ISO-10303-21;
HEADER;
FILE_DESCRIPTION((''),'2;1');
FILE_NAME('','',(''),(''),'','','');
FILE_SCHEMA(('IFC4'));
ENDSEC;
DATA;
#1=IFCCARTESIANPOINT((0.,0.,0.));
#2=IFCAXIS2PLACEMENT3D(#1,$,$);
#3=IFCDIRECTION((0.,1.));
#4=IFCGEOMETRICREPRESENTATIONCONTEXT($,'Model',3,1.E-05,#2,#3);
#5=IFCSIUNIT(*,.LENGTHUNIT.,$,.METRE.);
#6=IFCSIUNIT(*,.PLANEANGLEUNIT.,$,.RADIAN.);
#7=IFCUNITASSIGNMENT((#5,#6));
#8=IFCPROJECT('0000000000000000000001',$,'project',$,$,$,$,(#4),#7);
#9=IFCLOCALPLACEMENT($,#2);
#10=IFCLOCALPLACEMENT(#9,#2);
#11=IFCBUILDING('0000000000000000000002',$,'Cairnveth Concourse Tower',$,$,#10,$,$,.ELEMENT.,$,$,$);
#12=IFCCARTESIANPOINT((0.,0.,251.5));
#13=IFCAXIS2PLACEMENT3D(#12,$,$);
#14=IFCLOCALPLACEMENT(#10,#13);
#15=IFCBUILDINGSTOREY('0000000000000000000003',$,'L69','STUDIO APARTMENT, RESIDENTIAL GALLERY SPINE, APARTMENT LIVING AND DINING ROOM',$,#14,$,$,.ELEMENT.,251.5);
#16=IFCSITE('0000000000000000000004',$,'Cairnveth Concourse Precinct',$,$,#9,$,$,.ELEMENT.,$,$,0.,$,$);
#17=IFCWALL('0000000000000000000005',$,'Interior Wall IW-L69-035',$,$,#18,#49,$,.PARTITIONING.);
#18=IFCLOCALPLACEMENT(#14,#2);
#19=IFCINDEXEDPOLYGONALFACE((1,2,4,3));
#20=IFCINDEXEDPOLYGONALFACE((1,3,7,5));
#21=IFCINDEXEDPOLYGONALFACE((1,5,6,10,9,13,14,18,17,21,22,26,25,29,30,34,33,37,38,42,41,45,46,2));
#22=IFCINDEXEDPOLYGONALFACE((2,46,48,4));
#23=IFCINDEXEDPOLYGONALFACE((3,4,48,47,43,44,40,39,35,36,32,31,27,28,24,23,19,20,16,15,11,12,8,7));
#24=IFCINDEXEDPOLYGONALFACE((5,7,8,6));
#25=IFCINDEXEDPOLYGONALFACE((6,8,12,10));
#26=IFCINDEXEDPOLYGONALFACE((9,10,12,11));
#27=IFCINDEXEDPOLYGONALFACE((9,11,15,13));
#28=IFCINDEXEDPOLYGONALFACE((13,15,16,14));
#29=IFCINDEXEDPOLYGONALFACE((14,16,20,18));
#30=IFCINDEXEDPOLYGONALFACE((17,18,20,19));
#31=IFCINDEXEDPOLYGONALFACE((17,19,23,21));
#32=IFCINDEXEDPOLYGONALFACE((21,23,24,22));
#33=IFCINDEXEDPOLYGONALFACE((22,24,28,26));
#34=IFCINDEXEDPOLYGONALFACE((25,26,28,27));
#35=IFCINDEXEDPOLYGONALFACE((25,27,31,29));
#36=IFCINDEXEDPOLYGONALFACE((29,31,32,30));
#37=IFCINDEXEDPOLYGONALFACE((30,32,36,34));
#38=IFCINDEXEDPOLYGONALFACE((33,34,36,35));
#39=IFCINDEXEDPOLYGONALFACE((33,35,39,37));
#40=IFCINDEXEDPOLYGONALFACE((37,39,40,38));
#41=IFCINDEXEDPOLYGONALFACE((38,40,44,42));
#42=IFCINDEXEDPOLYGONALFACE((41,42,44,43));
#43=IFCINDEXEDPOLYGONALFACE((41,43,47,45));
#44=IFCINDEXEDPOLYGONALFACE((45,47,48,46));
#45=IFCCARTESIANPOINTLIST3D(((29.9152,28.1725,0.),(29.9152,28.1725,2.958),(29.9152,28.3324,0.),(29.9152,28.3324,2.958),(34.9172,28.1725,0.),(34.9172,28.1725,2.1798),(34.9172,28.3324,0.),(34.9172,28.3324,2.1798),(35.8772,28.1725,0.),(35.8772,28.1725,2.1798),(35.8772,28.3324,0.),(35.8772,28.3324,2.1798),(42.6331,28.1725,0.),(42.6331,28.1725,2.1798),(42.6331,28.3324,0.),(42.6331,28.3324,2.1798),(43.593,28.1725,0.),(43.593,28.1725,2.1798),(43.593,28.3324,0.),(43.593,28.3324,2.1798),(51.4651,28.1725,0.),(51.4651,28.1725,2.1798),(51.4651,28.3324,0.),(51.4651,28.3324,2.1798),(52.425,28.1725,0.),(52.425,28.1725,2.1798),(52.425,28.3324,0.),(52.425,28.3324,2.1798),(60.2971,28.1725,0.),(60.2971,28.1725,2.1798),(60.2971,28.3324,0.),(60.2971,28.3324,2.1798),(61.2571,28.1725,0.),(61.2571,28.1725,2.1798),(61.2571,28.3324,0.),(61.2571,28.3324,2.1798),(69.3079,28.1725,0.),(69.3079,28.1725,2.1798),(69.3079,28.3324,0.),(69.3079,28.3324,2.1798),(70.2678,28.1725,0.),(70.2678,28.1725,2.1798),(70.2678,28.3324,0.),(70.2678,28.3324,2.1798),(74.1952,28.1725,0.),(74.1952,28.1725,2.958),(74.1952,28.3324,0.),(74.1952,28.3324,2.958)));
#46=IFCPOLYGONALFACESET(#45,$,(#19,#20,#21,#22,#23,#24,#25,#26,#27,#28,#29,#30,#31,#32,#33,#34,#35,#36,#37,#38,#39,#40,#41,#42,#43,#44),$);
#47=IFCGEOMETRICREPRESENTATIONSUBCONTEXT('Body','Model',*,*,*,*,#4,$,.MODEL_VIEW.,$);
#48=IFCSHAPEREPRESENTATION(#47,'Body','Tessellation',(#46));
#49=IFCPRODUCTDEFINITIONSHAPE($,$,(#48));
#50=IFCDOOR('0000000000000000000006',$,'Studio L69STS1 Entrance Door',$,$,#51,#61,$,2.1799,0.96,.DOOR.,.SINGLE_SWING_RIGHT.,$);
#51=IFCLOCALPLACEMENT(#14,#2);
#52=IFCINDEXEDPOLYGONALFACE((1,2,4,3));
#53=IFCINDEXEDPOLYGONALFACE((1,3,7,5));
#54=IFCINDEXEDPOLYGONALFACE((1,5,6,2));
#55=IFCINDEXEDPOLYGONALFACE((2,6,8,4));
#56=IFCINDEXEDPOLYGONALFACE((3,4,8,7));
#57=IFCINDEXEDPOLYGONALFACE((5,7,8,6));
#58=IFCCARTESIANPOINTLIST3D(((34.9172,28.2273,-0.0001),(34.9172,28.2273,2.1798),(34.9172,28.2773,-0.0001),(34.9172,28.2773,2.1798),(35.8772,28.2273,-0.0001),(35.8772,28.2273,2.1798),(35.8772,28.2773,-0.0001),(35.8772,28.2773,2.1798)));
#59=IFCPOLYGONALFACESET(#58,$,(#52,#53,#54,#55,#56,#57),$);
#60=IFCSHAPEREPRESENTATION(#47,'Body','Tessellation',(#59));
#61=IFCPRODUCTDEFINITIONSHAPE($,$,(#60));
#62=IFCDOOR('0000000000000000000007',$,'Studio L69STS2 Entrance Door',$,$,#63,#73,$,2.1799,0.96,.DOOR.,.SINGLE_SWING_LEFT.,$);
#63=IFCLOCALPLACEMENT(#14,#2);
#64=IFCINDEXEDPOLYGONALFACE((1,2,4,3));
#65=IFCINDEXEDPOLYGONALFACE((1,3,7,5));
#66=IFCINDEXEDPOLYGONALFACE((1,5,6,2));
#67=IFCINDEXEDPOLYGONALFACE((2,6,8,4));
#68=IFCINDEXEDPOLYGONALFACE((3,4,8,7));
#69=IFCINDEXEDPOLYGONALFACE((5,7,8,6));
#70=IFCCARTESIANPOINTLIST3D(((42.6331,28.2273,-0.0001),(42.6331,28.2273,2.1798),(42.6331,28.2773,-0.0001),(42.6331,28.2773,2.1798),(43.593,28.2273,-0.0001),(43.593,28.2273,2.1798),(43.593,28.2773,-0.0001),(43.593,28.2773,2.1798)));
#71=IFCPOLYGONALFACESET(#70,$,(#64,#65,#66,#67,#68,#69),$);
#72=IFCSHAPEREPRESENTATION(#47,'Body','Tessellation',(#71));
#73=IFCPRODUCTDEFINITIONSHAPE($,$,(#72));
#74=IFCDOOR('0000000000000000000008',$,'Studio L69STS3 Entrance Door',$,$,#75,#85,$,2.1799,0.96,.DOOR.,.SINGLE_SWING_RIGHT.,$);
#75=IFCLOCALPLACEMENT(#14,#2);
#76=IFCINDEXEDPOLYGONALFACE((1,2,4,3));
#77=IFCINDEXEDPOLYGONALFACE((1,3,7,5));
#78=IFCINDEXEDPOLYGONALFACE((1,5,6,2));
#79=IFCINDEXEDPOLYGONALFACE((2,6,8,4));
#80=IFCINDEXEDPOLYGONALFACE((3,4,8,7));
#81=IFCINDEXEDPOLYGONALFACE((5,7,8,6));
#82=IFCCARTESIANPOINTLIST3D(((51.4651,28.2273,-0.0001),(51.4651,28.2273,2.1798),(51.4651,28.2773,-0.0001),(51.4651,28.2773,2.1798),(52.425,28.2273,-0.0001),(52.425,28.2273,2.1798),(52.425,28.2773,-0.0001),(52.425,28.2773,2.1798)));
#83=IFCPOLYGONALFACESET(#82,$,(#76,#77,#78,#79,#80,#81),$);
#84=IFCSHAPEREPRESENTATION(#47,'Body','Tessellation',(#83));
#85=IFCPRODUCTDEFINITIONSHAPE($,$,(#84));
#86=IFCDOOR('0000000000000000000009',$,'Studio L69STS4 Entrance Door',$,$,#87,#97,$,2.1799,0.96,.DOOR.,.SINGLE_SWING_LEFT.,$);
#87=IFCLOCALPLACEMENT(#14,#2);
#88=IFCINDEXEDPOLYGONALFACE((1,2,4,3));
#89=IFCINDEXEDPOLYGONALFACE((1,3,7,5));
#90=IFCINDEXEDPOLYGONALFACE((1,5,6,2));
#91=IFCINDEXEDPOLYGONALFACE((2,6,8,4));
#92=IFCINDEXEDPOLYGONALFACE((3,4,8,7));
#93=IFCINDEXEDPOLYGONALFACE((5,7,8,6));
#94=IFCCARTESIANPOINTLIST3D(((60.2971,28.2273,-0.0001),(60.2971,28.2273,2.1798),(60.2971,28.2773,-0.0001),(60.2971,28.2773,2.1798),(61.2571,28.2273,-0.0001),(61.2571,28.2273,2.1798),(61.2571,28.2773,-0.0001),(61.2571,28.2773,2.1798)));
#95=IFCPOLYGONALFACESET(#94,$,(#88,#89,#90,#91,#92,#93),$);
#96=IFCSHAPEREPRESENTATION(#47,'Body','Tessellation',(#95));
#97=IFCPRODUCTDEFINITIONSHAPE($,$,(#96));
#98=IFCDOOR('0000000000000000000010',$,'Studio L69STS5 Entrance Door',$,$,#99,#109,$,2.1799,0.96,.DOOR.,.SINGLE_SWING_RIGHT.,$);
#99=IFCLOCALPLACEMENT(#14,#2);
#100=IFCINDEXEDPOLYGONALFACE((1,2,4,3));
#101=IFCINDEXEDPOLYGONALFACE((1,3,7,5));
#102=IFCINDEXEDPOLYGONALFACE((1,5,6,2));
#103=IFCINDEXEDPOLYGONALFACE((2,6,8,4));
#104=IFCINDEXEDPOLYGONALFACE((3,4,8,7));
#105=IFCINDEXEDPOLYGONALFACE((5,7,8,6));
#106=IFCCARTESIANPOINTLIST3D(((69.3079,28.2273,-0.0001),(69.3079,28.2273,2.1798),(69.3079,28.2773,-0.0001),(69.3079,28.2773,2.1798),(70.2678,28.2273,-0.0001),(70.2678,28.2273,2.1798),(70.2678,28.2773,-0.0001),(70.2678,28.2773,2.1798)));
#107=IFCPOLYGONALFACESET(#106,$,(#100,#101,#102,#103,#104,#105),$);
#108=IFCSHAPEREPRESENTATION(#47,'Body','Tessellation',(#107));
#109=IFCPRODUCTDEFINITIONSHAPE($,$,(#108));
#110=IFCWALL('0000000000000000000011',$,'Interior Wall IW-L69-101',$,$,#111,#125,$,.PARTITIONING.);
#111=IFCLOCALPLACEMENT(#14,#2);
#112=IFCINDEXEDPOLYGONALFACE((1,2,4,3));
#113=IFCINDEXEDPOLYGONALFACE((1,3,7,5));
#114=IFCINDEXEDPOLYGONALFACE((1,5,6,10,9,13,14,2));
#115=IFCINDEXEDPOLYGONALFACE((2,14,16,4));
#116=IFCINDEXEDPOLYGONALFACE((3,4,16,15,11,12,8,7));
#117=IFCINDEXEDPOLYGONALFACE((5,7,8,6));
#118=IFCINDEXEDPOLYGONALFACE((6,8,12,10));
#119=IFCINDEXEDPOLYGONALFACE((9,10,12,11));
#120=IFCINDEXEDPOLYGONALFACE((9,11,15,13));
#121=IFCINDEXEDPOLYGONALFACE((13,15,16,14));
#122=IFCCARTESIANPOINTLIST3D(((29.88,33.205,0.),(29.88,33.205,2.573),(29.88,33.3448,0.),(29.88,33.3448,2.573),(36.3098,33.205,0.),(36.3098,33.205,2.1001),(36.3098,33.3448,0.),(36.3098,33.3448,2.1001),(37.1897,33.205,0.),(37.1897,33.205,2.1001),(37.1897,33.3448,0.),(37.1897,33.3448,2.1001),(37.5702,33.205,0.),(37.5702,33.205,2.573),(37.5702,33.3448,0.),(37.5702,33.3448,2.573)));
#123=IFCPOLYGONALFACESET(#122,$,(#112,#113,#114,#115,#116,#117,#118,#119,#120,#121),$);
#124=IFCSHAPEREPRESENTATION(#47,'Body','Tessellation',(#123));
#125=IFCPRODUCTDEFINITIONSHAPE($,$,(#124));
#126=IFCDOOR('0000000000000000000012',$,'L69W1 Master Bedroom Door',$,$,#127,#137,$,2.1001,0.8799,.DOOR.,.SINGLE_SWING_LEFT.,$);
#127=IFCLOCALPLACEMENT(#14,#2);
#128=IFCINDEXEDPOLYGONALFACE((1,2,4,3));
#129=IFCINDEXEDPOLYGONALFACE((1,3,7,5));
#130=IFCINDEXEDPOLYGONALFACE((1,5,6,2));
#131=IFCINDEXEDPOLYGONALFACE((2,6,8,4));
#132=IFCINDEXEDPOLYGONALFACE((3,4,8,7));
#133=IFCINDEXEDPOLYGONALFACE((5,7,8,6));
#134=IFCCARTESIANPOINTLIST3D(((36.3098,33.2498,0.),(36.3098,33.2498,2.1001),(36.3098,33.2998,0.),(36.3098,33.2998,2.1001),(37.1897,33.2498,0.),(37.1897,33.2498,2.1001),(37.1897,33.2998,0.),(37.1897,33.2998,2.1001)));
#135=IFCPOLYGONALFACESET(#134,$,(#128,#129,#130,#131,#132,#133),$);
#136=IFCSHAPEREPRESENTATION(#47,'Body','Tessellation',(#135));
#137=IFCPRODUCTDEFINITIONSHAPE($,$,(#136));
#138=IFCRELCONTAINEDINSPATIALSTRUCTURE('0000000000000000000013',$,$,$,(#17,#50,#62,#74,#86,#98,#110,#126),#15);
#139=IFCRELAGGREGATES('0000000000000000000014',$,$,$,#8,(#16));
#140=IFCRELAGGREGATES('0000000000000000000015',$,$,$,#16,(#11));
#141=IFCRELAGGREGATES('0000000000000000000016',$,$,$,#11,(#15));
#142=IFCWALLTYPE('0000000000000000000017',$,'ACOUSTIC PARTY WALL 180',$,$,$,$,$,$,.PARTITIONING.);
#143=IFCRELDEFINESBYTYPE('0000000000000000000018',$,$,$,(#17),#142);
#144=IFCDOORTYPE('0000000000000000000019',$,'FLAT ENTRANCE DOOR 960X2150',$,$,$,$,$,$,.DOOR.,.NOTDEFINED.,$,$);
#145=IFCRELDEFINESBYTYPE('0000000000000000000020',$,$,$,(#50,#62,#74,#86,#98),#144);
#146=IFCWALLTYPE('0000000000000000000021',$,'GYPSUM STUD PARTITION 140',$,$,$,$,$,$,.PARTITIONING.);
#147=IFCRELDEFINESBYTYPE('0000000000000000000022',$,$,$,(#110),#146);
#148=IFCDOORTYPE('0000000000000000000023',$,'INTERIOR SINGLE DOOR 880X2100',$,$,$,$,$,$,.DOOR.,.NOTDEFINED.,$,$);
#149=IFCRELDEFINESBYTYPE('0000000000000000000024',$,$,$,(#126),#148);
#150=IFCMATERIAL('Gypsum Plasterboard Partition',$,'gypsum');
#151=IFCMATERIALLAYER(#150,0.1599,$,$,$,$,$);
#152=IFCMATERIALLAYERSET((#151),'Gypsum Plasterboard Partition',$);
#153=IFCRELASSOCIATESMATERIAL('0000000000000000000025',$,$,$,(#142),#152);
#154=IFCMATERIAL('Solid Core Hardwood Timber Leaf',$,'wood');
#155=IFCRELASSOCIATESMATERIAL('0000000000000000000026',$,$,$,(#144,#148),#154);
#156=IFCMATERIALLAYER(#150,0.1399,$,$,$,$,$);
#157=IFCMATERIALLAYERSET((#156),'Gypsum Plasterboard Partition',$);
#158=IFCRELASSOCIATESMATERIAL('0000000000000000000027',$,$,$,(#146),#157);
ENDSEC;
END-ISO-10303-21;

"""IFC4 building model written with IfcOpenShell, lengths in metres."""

from ifc_helpers import new_model, si_unit, direction, frame, frame_2d, origin, place, context, subcontext, project, spatial, rectangle, extrude, material, layer, layer_set, type_object, element, fill, save


model = new_model("IFC4")

# Units and contexts
model_context = context("Model", 3, precision=1e-05, world=origin(), true_north=direction((0.0, 1.0)))
body_context = subcontext(model_context, "Body", "Model", "MODEL_VIEW")
ifc_project = project(units=[si_unit("LENGTHUNIT", "METRE"), si_unit("PLANEANGLEUNIT", "RADIAN")], contexts=[model_context])

# Site, building, storey
site_placement = place(None, origin())
site = spatial("IfcSite", under=ifc_project, at=site_placement, Name="Cairnveth Concourse Precinct", CompositionType="ELEMENT", RefElevation=0.0)
building_placement = place(site_placement, origin())
building = spatial("IfcBuilding", under=site, at=building_placement, Name="Cairnveth Concourse Tower", CompositionType="ELEMENT")
storey_placement = place(building_placement, frame((0.0, 0.0, 251.5)))
storey = spatial("IfcBuildingStorey", under=building, at=storey_placement, Name="L69", Description="STUDIO APARTMENT, RESIDENTIAL GALLERY SPINE, APARTMENT LIVING AND DINING ROOM", CompositionType="ELEMENT", Elevation=251.5)

# Wall, openings, doors
ifc_material_1 = material(Name="Gypsum Plasterboard Partition", Category="gypsum")
ifc_layer_1 = layer(ifc_material_1, 0.1599)
ifc_layer_set_1 = layer_set([ifc_layer_1], Name="Gypsum Plasterboard Partition")
wall_type_1 = type_object("IfcWallType", Name="ACOUSTIC PARTY WALL 180", PredefinedType="PARTITIONING", material=ifc_layer_set_1)
wall_1_placement = place(storey_placement, frame((29.915, 28.2524, 0.0), z_axis=(0.0, 0.0, 1.0), x_axis=(1.0, 0.0, 0.0)))
wall_1 = element("IfcWall", 1, at=wall_1_placement, inside=storey, type_object=wall_type_1, Name="Interior Wall IW-L69-035", PredefinedType="PARTITIONING", context=body_context, shape_type="SweptSolid", body=[
    extrude(rectangle(XDim=44.28, YDim=0.1599, at=frame_2d((22.1401, 0.0))), origin(), (0.0, 0.0, 1.0), 2.958),
])
opening_1_placement = place(wall_1_placement, frame((5.0022, 0.0, 0.0)))
opening_1 = element("IfcOpeningElement", 2, at=opening_1_placement, cuts=wall_1, PredefinedType="OPENING", context=body_context, shape_type="SweptSolid", body=[
    extrude(rectangle(XDim=0.96, YDim=2.1799, at=frame_2d((0.48, 1.0898))), frame((0.0, 0.0898, 0.0), z_axis=(0.0, -1.0, 0.0), x_axis=(1.0, 0.0, 0.0)), (0.0, 0.0, 1.0), 0.1799),
])
opening_2_placement = place(wall_1_placement, frame((12.718, 0.0, 0.0)))
opening_2 = element("IfcOpeningElement", 3, at=opening_2_placement, cuts=wall_1, PredefinedType="OPENING", context=body_context, shape_type="SweptSolid", body=[
    extrude(rectangle(XDim=0.96, YDim=2.1799, at=frame_2d((0.48, 1.0898))), frame((0.0, 0.0898, 0.0), z_axis=(0.0, -1.0, 0.0), x_axis=(1.0, 0.0, 0.0)), (0.0, 0.0, 1.0), 0.1799),
])
opening_3_placement = place(wall_1_placement, frame((21.55, 0.0, 0.0)))
opening_3 = element("IfcOpeningElement", 4, at=opening_3_placement, cuts=wall_1, PredefinedType="OPENING", context=body_context, shape_type="SweptSolid", body=[
    extrude(rectangle(XDim=0.96, YDim=2.1799, at=frame_2d((0.48, 1.0898))), frame((0.0, 0.0898, 0.0), z_axis=(0.0, -1.0, 0.0), x_axis=(1.0, 0.0, 0.0)), (0.0, 0.0, 1.0), 0.1799),
])
opening_4_placement = place(wall_1_placement, frame((30.3821, 0.0, 0.0)))
opening_4 = element("IfcOpeningElement", 5, at=opening_4_placement, cuts=wall_1, PredefinedType="OPENING", context=body_context, shape_type="SweptSolid", body=[
    extrude(rectangle(XDim=0.96, YDim=2.1799, at=frame_2d((0.48, 1.0898))), frame((0.0, 0.0898, 0.0), z_axis=(0.0, -1.0, 0.0), x_axis=(1.0, 0.0, 0.0)), (0.0, 0.0, 1.0), 0.1799),
])
opening_5_placement = place(wall_1_placement, frame((39.3928, 0.0, 0.0)))
opening_5 = element("IfcOpeningElement", 6, at=opening_5_placement, cuts=wall_1, PredefinedType="OPENING", context=body_context, shape_type="SweptSolid", body=[
    extrude(rectangle(XDim=0.96, YDim=2.1799, at=frame_2d((0.48, 1.0898))), frame((0.0, 0.0898, 0.0), z_axis=(0.0, -1.0, 0.0), x_axis=(1.0, 0.0, 0.0)), (0.0, 0.0, 1.0), 0.1799),
])
ifc_material_2 = material(Name="Solid Core Hardwood Timber Leaf", Category="wood")
door_type_1 = type_object("IfcDoorType", Name="FLAT ENTRANCE DOOR 960X2150", OperationType="NOTDEFINED", PredefinedType="DOOR", material=ifc_material_2)
door_1_placement = place(opening_1_placement, origin())
door_1 = element("IfcDoor", 7, at=door_1_placement, inside=storey, type_object=door_type_1, Name="Studio L69STS1 Entrance Door", OperationType="SINGLE_SWING_RIGHT", OverallHeight=2.1799, OverallWidth=0.96, PredefinedType="DOOR", context=body_context, shape_type="SweptSolid", body=[
    extrude(rectangle(XDim=0.96, YDim=2.1799, at=frame_2d((0.48, 1.0898))), frame((0.0, 0.0249, 0.0), z_axis=(0.0, -1.0, 0.0), x_axis=(1.0, 0.0, 0.0)), (0.0, 0.0, 1.0), 0.05),
])
fill(opening_1, door_1)
door_2_placement = place(opening_2_placement, origin())
door_2 = element("IfcDoor", 8, at=door_2_placement, inside=storey, type_object=door_type_1, Name="Studio L69STS2 Entrance Door", OperationType="SINGLE_SWING_LEFT", OverallHeight=2.1799, OverallWidth=0.96, PredefinedType="DOOR", context=body_context, shape_type="SweptSolid", body=[
    extrude(rectangle(XDim=0.96, YDim=2.1799, at=frame_2d((0.48, 1.0898))), frame((0.0, 0.0249, 0.0), z_axis=(0.0, -1.0, 0.0), x_axis=(1.0, 0.0, 0.0)), (0.0, 0.0, 1.0), 0.05),
])
fill(opening_2, door_2)
door_3_placement = place(opening_3_placement, origin())
door_3 = element("IfcDoor", 9, at=door_3_placement, inside=storey, type_object=door_type_1, Name="Studio L69STS3 Entrance Door", OperationType="SINGLE_SWING_RIGHT", OverallHeight=2.1799, OverallWidth=0.96, PredefinedType="DOOR", context=body_context, shape_type="SweptSolid", body=[
    extrude(rectangle(XDim=0.96, YDim=2.1799, at=frame_2d((0.48, 1.0898))), frame((0.0, 0.0249, 0.0), z_axis=(0.0, -1.0, 0.0), x_axis=(1.0, 0.0, 0.0)), (0.0, 0.0, 1.0), 0.05),
])
fill(opening_3, door_3)
door_4_placement = place(opening_4_placement, origin())
door_4 = element("IfcDoor", 10, at=door_4_placement, inside=storey, type_object=door_type_1, Name="Studio L69STS4 Entrance Door", OperationType="SINGLE_SWING_LEFT", OverallHeight=2.1799, OverallWidth=0.96, PredefinedType="DOOR", context=body_context, shape_type="SweptSolid", body=[
    extrude(rectangle(XDim=0.96, YDim=2.1799, at=frame_2d((0.48, 1.0898))), frame((0.0, 0.0249, 0.0), z_axis=(0.0, -1.0, 0.0), x_axis=(1.0, 0.0, 0.0)), (0.0, 0.0, 1.0), 0.05),
])
fill(opening_4, door_4)
door_5_placement = place(opening_5_placement, origin())
door_5 = element("IfcDoor", 11, at=door_5_placement, inside=storey, type_object=door_type_1, Name="Studio L69STS5 Entrance Door", OperationType="SINGLE_SWING_RIGHT", OverallHeight=2.1799, OverallWidth=0.96, PredefinedType="DOOR", context=body_context, shape_type="SweptSolid", body=[
    extrude(rectangle(XDim=0.96, YDim=2.1799, at=frame_2d((0.48, 1.0898))), frame((0.0, 0.0249, 0.0), z_axis=(0.0, -1.0, 0.0), x_axis=(1.0, 0.0, 0.0)), (0.0, 0.0, 1.0), 0.05),
])
fill(opening_5, door_5)

# Wall, opening, door
ifc_layer_2 = layer(ifc_material_1, 0.1399)
ifc_layer_set_2 = layer_set([ifc_layer_2], Name="Gypsum Plasterboard Partition")
wall_type_2 = type_object("IfcWallType", Name="GYPSUM STUD PARTITION 140", PredefinedType="PARTITIONING", material=ifc_layer_set_2)
wall_2_placement = place(storey_placement, frame((29.8799, 33.2749, 0.0), z_axis=(0.0, 0.0, 1.0), x_axis=(1.0, 0.0, 0.0)))
wall_2 = element("IfcWall", 12, at=wall_2_placement, inside=storey, type_object=wall_type_2, Name="Interior Wall IW-L69-101", PredefinedType="PARTITIONING", context=body_context, shape_type="SweptSolid", body=[
    extrude(rectangle(XDim=7.6902, YDim=0.1399, at=frame_2d((3.8452, 0.0))), origin(), (0.0, 0.0, 1.0), 2.573),
])
opening_6_placement = place(wall_2_placement, frame((6.4299, 0.0, 0.0)))
opening_6 = element("IfcOpeningElement", 13, at=opening_6_placement, cuts=wall_2, PredefinedType="OPENING", context=body_context, shape_type="SweptSolid", body=[
    extrude(rectangle(XDim=0.8799, YDim=2.1001, at=frame_2d((0.4399, 1.05))), frame((0.0, 0.0798, 0.0), z_axis=(0.0, -1.0, 0.0), x_axis=(1.0, 0.0, 0.0)), (0.0, 0.0, 1.0), 0.1599),
])
door_type_2 = type_object("IfcDoorType", Name="INTERIOR SINGLE DOOR 880X2100", OperationType="NOTDEFINED", PredefinedType="DOOR", material=ifc_material_2)
door_6_placement = place(opening_6_placement, origin())
door_6 = element("IfcDoor", 14, at=door_6_placement, inside=storey, type_object=door_type_2, Name="L69W1 Master Bedroom Door", OperationType="SINGLE_SWING_LEFT", OverallHeight=2.1001, OverallWidth=0.8799, PredefinedType="DOOR", context=body_context, shape_type="SweptSolid", body=[
    extrude(rectangle(XDim=0.8799, YDim=2.1001, at=frame_2d((0.4399, 1.05))), frame((0.0, 0.0249, 0.0), z_axis=(0.0, -1.0, 0.0), x_axis=(1.0, 0.0, 0.0)), (0.0, 0.0, 1.0), 0.05),
])
fill(opening_6, door_6)

save(model, "model.ifc")
